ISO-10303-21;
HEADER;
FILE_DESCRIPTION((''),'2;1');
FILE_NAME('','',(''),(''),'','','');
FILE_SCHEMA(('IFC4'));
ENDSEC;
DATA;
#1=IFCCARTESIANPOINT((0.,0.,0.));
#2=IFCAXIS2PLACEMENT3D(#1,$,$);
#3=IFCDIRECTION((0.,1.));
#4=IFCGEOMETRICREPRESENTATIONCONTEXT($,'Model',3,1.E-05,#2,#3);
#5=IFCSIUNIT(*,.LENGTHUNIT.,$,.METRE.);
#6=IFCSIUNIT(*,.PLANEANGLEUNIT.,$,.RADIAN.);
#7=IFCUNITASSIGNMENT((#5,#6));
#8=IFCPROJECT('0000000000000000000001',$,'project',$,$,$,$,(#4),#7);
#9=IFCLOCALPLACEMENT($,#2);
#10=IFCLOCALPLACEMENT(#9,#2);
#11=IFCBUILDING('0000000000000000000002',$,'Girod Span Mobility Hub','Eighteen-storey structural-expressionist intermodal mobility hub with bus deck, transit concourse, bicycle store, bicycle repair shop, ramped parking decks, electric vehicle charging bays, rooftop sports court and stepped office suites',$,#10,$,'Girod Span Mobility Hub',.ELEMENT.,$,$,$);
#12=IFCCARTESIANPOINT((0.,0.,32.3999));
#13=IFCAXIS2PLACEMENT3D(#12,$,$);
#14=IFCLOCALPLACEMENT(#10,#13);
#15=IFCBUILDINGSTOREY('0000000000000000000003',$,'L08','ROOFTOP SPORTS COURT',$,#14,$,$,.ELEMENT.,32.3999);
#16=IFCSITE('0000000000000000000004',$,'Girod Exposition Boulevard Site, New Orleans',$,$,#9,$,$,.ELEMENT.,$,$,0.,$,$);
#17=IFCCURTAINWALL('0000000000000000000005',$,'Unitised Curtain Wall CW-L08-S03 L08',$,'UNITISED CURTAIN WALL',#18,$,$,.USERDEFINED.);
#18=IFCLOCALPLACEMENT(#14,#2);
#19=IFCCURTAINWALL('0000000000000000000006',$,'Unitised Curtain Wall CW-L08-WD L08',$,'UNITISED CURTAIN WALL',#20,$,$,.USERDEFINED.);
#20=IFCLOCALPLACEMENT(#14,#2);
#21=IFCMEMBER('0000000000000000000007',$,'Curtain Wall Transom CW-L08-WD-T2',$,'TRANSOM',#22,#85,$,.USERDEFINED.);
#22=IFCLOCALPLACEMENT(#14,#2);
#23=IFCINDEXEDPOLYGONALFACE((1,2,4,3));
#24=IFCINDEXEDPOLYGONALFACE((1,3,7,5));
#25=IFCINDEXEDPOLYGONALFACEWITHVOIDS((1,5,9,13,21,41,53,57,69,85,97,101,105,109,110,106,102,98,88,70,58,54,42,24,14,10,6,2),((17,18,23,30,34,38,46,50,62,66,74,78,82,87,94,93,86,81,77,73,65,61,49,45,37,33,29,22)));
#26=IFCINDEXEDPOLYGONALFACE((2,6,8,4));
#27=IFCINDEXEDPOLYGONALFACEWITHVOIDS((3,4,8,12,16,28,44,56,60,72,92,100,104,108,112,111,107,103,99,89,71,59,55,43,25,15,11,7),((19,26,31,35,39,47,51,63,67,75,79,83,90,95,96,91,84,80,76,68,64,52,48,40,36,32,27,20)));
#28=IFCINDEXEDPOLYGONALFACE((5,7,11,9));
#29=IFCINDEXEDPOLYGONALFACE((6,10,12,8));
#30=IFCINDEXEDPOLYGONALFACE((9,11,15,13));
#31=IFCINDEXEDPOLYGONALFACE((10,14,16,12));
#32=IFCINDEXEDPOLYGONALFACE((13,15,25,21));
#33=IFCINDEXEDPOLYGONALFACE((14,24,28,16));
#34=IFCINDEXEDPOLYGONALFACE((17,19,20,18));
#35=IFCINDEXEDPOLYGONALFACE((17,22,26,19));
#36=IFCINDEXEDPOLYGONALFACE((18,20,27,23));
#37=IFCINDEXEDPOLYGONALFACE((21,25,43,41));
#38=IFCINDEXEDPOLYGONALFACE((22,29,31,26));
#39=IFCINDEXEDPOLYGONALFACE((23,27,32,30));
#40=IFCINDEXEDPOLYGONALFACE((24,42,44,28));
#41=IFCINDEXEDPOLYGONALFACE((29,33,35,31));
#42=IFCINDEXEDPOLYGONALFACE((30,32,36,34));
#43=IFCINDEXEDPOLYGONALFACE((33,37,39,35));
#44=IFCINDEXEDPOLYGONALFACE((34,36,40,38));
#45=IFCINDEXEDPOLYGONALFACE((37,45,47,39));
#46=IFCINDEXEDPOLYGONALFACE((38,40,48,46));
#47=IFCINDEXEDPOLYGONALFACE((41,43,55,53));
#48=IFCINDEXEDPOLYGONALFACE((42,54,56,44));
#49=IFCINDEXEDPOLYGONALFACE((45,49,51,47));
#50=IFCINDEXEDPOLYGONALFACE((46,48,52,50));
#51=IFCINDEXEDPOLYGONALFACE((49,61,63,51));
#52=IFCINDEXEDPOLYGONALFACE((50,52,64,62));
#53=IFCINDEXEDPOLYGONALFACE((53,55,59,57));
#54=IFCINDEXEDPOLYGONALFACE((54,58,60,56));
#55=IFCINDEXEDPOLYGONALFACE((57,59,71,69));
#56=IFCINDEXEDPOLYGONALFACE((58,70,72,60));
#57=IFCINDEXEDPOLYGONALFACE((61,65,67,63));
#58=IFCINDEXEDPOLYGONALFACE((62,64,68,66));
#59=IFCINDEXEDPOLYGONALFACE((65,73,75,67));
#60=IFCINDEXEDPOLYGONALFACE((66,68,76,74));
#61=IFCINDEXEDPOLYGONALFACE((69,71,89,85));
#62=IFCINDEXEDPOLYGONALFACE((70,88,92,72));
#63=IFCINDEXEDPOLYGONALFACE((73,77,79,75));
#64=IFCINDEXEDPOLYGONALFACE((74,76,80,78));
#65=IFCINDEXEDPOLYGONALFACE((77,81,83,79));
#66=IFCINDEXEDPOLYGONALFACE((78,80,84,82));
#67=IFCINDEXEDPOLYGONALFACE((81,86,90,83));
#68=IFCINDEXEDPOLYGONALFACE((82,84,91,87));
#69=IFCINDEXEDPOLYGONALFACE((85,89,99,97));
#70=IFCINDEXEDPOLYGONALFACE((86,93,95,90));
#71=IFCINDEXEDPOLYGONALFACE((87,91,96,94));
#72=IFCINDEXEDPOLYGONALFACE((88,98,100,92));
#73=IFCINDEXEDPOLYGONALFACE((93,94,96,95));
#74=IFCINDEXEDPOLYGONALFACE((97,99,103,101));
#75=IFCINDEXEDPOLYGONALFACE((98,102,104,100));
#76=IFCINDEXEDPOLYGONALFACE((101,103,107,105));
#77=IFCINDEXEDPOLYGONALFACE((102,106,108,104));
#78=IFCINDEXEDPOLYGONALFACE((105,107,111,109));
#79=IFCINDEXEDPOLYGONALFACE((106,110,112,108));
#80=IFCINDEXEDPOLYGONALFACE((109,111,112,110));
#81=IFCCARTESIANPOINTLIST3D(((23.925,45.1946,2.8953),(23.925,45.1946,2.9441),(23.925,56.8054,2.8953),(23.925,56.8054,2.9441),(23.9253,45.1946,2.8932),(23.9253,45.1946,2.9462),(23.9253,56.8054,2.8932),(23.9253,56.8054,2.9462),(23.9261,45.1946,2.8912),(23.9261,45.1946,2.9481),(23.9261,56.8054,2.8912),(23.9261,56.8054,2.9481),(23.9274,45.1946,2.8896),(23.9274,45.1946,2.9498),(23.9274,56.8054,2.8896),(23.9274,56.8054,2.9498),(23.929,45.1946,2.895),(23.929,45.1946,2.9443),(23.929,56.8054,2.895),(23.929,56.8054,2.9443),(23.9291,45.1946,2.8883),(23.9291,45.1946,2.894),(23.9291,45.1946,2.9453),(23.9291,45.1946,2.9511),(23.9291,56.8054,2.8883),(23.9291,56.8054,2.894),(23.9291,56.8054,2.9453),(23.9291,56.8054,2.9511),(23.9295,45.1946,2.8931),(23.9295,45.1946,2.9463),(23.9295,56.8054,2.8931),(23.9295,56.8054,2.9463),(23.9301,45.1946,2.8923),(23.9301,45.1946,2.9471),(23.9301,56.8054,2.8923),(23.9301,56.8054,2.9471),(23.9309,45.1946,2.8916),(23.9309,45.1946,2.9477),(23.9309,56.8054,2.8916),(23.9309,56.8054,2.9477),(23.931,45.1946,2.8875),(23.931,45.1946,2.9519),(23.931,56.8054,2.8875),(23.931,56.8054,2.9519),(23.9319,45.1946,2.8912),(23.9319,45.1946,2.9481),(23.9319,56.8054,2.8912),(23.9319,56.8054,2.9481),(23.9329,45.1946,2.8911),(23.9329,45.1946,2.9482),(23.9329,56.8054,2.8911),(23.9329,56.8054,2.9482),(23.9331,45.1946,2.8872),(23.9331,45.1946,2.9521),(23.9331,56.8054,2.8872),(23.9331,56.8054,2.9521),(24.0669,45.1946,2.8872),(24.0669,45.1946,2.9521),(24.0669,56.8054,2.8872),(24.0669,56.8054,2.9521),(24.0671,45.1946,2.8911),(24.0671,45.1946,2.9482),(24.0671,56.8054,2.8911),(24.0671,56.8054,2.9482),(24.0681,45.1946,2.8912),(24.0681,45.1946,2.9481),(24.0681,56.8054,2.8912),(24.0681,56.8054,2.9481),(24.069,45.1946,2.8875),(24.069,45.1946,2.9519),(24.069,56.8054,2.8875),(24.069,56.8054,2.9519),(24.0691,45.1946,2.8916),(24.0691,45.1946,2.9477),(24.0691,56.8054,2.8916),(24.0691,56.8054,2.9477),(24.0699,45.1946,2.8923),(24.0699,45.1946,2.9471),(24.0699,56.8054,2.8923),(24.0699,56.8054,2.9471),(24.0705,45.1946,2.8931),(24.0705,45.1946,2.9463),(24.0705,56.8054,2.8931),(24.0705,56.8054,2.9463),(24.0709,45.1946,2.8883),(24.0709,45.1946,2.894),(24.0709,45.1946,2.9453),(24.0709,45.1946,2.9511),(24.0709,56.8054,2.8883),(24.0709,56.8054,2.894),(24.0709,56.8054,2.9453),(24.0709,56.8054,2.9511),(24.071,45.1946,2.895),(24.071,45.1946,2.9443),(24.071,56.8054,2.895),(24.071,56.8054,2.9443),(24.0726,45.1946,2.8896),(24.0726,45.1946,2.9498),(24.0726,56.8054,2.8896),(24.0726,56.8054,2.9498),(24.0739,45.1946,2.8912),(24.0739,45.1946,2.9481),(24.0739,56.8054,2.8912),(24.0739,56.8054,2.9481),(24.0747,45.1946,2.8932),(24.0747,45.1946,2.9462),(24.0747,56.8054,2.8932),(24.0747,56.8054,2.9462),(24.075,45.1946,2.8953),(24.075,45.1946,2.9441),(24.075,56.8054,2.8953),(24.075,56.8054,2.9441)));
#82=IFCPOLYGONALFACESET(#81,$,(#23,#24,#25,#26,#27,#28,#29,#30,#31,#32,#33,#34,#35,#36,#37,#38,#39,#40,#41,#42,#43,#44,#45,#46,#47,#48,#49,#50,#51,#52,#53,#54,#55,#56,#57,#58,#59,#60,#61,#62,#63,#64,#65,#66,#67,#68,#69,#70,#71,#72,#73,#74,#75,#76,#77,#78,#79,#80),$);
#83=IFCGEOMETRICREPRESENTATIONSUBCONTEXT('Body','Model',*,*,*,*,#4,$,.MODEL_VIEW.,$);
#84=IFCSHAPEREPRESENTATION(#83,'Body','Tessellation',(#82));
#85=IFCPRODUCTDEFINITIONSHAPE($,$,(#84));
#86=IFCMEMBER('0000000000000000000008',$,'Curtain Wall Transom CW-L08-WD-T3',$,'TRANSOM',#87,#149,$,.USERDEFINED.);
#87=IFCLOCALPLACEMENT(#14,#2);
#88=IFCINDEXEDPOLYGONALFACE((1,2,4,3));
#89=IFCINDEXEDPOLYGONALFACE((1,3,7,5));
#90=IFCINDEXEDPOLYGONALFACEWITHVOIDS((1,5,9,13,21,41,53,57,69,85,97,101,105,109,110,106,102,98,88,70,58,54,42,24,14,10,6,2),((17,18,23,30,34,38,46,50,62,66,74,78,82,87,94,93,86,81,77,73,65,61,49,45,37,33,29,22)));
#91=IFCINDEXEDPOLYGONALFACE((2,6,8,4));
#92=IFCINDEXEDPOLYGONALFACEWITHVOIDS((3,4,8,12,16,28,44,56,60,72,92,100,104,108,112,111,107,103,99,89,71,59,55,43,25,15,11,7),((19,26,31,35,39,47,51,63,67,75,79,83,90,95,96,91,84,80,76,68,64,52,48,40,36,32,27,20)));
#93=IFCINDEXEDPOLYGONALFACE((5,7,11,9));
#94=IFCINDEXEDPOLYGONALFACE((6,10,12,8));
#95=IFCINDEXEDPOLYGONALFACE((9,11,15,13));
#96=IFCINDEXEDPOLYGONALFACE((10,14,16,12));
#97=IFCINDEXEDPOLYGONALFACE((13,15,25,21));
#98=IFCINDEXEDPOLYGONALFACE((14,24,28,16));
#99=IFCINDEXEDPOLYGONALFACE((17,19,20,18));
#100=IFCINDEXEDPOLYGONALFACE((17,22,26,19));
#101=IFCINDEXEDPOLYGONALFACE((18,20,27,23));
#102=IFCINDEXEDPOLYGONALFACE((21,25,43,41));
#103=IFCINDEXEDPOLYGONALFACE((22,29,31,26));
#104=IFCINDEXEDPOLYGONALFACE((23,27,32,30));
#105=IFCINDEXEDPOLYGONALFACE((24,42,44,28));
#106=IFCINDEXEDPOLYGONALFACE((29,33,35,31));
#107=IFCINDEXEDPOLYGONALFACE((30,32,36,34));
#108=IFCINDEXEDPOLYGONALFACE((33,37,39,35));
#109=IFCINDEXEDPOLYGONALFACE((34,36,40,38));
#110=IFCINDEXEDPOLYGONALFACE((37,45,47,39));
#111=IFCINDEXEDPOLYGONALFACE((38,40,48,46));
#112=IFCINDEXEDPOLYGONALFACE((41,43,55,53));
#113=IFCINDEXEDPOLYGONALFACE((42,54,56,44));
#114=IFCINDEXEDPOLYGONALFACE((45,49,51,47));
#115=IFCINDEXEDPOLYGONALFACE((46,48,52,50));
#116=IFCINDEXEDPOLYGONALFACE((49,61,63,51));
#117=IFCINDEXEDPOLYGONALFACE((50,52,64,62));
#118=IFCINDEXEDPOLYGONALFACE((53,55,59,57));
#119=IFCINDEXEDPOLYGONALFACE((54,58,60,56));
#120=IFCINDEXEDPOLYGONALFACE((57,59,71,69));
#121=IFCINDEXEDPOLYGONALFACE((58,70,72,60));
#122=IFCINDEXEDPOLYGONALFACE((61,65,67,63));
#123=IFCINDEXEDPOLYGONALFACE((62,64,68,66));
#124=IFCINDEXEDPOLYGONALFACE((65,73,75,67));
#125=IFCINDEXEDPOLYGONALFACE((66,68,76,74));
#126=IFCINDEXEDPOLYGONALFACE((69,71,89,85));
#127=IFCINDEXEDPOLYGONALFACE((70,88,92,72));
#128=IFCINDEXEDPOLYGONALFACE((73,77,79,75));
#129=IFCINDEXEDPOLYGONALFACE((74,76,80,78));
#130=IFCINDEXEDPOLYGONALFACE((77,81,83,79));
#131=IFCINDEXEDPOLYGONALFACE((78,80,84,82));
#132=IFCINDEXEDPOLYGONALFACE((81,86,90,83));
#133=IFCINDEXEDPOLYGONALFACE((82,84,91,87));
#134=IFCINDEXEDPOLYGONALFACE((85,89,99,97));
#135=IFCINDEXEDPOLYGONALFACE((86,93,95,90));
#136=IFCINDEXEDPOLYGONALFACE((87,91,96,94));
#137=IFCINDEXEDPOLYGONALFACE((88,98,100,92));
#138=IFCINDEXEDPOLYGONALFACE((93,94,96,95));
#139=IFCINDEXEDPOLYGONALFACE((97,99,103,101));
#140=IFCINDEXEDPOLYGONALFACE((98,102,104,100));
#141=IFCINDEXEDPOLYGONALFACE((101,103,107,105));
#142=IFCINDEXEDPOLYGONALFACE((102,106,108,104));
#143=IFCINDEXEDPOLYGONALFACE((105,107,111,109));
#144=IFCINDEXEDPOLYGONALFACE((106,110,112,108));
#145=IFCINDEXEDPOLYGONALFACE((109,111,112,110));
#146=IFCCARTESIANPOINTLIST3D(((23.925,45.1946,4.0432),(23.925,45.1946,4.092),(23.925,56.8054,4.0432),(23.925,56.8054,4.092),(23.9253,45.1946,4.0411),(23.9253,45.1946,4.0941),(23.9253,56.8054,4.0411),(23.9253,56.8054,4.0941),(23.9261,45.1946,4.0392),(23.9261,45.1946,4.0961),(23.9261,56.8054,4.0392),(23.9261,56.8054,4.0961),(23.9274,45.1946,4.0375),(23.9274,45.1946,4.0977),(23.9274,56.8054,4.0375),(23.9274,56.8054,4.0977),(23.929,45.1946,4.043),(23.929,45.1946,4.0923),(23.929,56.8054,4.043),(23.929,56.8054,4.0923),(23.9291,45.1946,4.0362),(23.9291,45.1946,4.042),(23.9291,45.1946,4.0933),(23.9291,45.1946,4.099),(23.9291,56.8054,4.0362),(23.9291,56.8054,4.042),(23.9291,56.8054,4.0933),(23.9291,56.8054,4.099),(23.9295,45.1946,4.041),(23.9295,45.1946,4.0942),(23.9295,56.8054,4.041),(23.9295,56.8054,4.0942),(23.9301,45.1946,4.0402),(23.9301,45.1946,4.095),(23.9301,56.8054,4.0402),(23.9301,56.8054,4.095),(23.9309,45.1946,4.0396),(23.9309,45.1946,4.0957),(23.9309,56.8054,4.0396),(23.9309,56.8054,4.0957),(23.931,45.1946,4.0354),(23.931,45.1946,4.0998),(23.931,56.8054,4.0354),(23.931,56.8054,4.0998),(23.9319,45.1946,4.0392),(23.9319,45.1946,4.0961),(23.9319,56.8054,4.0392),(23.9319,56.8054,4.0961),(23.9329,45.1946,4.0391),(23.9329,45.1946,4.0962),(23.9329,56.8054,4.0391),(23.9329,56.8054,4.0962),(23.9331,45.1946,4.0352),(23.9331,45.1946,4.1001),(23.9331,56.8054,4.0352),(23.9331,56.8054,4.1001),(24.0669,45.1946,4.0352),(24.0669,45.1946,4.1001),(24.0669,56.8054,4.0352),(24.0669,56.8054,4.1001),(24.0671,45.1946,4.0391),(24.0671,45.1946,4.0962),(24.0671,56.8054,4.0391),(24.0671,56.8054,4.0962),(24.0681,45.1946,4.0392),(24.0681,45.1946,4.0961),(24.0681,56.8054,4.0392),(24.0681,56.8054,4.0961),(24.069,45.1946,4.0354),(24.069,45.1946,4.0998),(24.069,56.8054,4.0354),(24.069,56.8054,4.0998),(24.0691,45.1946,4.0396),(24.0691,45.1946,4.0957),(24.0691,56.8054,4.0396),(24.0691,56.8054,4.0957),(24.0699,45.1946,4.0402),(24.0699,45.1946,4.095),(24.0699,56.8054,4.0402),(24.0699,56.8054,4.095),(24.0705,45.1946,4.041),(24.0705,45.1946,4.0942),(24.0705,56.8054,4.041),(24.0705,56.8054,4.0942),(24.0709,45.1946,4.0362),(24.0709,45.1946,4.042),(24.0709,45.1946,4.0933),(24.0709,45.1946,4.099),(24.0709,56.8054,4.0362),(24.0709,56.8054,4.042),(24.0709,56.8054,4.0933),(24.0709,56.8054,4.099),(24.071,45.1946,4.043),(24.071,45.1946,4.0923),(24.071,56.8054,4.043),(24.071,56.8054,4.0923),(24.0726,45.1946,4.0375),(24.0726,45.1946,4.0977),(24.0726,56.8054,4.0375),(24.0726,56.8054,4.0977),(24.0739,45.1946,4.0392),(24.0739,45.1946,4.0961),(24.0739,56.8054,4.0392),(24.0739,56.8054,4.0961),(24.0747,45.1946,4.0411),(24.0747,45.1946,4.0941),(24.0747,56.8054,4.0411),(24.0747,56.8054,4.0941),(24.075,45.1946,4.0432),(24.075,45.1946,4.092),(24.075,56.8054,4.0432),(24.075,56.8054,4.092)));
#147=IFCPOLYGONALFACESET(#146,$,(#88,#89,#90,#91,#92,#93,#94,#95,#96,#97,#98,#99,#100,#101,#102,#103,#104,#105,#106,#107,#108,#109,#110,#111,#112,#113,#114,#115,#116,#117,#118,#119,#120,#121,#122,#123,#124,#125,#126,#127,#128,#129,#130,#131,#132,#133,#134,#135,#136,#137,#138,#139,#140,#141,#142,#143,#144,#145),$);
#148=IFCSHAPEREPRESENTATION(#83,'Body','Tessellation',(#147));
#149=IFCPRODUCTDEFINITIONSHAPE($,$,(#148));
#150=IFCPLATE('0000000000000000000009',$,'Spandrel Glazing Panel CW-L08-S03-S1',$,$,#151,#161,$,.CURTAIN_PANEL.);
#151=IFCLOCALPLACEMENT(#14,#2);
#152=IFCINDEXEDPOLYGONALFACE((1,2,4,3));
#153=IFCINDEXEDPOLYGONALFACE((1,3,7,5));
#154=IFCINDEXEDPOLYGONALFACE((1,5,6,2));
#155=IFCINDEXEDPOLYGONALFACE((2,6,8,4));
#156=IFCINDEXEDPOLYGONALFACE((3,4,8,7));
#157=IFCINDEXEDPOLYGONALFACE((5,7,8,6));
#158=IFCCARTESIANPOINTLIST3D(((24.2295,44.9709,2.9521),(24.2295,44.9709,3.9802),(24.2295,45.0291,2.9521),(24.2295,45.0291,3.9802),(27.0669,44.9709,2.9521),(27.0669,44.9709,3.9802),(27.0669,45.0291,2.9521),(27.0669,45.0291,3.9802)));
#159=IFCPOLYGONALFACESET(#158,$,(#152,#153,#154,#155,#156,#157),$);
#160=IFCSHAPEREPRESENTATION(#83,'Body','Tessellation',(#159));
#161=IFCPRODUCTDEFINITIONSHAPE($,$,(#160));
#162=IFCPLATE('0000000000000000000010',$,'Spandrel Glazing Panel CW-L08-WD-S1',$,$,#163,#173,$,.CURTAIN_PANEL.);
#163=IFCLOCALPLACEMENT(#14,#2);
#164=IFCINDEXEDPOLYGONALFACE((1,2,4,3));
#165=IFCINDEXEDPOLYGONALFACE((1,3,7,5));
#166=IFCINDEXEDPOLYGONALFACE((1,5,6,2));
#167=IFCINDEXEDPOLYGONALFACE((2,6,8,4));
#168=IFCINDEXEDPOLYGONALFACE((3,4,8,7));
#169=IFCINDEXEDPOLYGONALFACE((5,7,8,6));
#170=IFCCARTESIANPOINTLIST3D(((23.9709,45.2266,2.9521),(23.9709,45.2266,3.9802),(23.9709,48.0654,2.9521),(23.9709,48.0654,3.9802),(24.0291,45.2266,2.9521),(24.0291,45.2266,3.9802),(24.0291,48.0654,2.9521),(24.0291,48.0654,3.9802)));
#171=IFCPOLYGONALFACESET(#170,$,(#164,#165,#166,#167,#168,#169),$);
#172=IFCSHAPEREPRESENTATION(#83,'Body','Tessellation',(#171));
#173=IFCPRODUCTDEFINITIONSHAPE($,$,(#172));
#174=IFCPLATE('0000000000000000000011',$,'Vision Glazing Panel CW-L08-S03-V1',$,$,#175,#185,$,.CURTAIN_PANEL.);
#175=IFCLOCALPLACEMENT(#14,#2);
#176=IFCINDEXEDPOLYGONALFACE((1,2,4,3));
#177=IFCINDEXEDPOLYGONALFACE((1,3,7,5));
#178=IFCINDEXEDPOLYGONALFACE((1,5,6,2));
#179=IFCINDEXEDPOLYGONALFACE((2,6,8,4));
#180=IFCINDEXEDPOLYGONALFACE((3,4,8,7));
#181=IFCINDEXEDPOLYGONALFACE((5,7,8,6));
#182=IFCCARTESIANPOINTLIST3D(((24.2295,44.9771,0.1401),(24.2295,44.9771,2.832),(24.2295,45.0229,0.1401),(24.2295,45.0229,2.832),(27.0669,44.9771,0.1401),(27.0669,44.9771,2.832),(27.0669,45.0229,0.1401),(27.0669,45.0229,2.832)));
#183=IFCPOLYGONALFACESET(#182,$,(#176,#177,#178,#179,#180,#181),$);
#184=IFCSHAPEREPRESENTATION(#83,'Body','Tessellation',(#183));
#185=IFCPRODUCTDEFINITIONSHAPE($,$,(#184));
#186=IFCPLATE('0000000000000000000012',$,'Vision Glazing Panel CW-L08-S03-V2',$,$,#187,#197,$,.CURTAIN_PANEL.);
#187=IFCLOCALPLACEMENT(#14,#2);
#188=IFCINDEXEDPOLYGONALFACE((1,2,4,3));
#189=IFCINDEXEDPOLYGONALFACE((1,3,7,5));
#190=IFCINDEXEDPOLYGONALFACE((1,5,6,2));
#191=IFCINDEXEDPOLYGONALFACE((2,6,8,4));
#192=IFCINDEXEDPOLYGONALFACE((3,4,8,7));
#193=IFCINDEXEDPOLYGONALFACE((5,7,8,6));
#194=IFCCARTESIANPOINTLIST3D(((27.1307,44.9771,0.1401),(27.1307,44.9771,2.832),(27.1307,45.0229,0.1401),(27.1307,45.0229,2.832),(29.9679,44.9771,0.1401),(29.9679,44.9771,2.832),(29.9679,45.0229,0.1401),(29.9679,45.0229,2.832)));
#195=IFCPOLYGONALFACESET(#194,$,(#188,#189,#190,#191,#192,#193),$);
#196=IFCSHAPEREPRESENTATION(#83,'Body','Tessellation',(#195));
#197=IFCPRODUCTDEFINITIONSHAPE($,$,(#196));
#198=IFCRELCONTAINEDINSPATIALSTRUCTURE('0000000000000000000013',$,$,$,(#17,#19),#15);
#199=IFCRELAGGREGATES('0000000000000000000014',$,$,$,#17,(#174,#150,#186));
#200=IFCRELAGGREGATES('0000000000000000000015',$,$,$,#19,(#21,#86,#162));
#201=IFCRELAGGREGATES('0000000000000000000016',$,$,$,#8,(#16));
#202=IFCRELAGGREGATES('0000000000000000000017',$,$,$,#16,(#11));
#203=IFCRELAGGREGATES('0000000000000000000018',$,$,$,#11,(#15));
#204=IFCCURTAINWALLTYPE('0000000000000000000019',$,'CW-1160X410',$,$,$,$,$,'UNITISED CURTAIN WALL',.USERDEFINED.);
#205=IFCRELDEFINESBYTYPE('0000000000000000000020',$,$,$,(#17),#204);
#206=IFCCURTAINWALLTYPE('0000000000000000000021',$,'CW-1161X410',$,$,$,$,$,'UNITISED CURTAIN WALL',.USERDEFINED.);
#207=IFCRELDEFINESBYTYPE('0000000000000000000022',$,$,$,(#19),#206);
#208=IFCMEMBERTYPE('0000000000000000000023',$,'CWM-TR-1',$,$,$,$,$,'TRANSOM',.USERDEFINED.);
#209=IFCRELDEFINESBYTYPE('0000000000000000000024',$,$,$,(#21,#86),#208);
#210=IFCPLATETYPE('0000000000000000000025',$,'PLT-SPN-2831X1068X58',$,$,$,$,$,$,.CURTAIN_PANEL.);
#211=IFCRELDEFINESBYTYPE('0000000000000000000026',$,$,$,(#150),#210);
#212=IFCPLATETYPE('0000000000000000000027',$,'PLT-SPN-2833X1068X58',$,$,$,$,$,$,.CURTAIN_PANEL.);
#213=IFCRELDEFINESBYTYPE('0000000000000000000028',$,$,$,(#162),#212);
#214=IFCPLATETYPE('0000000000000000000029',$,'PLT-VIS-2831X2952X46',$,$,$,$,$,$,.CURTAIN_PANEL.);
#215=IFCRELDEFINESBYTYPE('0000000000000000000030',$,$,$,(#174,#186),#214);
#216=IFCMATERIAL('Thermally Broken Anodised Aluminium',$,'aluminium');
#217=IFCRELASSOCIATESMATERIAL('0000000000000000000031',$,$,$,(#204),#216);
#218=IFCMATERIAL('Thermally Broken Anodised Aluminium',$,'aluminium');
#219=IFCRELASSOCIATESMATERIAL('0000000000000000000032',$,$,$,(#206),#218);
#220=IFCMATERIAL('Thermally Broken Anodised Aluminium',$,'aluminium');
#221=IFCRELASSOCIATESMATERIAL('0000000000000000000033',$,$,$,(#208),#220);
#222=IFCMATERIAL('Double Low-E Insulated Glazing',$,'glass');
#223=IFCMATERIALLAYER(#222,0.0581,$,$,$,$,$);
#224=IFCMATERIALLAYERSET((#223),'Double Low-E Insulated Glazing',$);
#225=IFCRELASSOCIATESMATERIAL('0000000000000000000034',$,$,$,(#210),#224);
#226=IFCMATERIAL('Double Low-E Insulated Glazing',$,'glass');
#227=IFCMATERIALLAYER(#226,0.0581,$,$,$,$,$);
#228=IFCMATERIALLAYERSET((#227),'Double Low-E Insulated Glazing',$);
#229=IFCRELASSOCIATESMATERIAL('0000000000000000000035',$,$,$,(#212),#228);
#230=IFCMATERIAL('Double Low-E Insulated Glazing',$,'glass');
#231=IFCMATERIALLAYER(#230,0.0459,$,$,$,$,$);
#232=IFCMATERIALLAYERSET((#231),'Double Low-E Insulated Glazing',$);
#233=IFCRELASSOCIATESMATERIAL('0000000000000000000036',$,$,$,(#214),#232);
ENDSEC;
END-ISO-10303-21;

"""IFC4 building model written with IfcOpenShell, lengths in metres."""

from ifc_helpers import new_model, si_unit, direction, frame, origin, origin_2d, place, context, subcontext, project, spatial, rectangle, hollow_rectangle, extrude, material, layer, layer_set, material_profile, profile_set, type_object, element, aggregate, save


model = new_model("IFC4")

# Units and contexts
model_context = context("Model", 3, precision=1e-05, world=origin(), true_north=direction((0.0, 1.0)))
body_context = subcontext(model_context, "Body", "Model", "MODEL_VIEW")
ifc_project = project(units=[si_unit("LENGTHUNIT", "METRE"), si_unit("PLANEANGLEUNIT", "RADIAN")], contexts=[model_context])

# Site, building, storey
site_placement = place(None, origin())
site = spatial("IfcSite", under=ifc_project, at=site_placement, Name="Girod Exposition Boulevard Site, New Orleans", CompositionType="ELEMENT", RefElevation=0.0)
building_placement = place(site_placement, origin())
building = spatial("IfcBuilding", under=site, at=building_placement, Name="Girod Span Mobility Hub", Description="Eighteen-storey structural-expressionist intermodal mobility hub with bus deck, transit concourse, bicycle store, bicycle repair shop, ramped parking decks, electric vehicle charging bays, rooftop sports court and stepped office suites", LongName="Girod Span Mobility Hub", CompositionType="ELEMENT")
storey_placement = place(building_placement, frame((0.0, 0.0, 32.3999)))
storey = spatial("IfcBuildingStorey", under=building, at=storey_placement, Name="L08", Description="ROOFTOP SPORTS COURT", CompositionType="ELEMENT", Elevation=32.3999)

# Curtain walls
ifc_material_1 = material(Name="Thermally Broken Anodised Aluminium", Category="aluminium")
curtain_wall_type_1 = type_object("IfcCurtainWallType", Name="CW-1160X410", ElementType="UNITISED CURTAIN WALL", PredefinedType="USERDEFINED", material=ifc_material_1)
curtain_wall_1_placement = place(storey_placement, origin())
curtain_wall_1 = element("IfcCurtainWall", 1, at=curtain_wall_1_placement, inside=storey, type_object=curtain_wall_type_1, Name="Unitised Curtain Wall CW-L08-S03 L08", ObjectType="UNITISED CURTAIN WALL", PredefinedType="USERDEFINED")
ifc_material_2 = material(Name="Thermally Broken Anodised Aluminium", Category="aluminium")
curtain_wall_type_2 = type_object("IfcCurtainWallType", Name="CW-1161X410", ElementType="UNITISED CURTAIN WALL", PredefinedType="USERDEFINED", material=ifc_material_2)
curtain_wall_2_placement = place(storey_placement, origin())
curtain_wall_2 = element("IfcCurtainWall", 2, at=curtain_wall_2_placement, inside=storey, type_object=curtain_wall_type_2, Name="Unitised Curtain Wall CW-L08-WD L08", ObjectType="UNITISED CURTAIN WALL", PredefinedType="USERDEFINED")

# Members
ifc_material_3 = material(Name="Thermally Broken Anodised Aluminium", Category="aluminium")
ifc_material_profile_1 = material_profile(ifc_material_3, hollow_rectangle(XDim=0.1499, YDim=0.0649, WallThickness=0.0039, InnerFilletRadius=0.0039, OuterFilletRadius=0.0081, at=origin_2d()), Name="CW-TR-65X150")
ifc_profile_set_1 = profile_set([ifc_material_profile_1], Name="Thermally Broken Anodised Aluminium")
member_type_1 = type_object("IfcMemberType", Name="CWM-TR-1", ElementType="TRANSOM", PredefinedType="USERDEFINED", material=ifc_profile_set_1)
member_1_placement = place(storey_placement, frame((24.0, 45.1946, 2.9197), z_axis=(0.0, 1.0, 0.0), x_axis=(-1.0, 0.0, 0.0)))
member_1 = element("IfcMember", 3, at=member_1_placement, type_object=member_type_1, Name="Curtain Wall Transom CW-L08-WD-T2", ObjectType="TRANSOM", PredefinedType="USERDEFINED", context=body_context, shape_type="SweptSolid", body=[
    extrude(hollow_rectangle(XDim=0.1499, YDim=0.0649, WallThickness=0.0039, InnerFilletRadius=0.0039, OuterFilletRadius=0.0081, at=origin_2d()), origin(), (0.0, 0.0, 1.0), 11.6108),
])
member_2_placement = place(storey_placement, frame((24.0, 45.1946, 4.0676), z_axis=(0.0, 1.0, 0.0), x_axis=(-1.0, 0.0, 0.0)))
member_2 = element("IfcMember", 4, at=member_2_placement, type_object=member_type_1, Name="Curtain Wall Transom CW-L08-WD-T3", ObjectType="TRANSOM", PredefinedType="USERDEFINED", context=body_context, shape_type="SweptSolid", body=[
    extrude(hollow_rectangle(XDim=0.1499, YDim=0.0649, WallThickness=0.0039, InnerFilletRadius=0.0039, OuterFilletRadius=0.0081, at=origin_2d()), origin(), (0.0, 0.0, 1.0), 11.6108),
])

# Plates
ifc_material_4 = material(Name="Double Low-E Insulated Glazing", Category="glass")
ifc_layer_1 = layer(ifc_material_4, 0.0581)
ifc_layer_set_1 = layer_set([ifc_layer_1], Name="Double Low-E Insulated Glazing")
plate_type_1 = type_object("IfcPlateType", Name="PLT-SPN-2831X1068X58", PredefinedType="CURTAIN_PANEL", material=ifc_layer_set_1)
plate_1_placement = place(storey_placement, frame((25.6482, 45.0, 2.9521), z_axis=(0.0, 0.0, 1.0), x_axis=(1.0, 0.0, 0.0)))
plate_1 = element("IfcPlate", 5, at=plate_1_placement, type_object=plate_type_1, Name="Spandrel Glazing Panel CW-L08-S03-S1", PredefinedType="CURTAIN_PANEL", context=body_context, shape_type="SweptSolid", body=[
    extrude(rectangle(XDim=2.8374, YDim=0.0581, at=origin_2d()), origin(), (0.0, 0.0, 1.0), 1.0281),
])
ifc_material_5 = material(Name="Double Low-E Insulated Glazing", Category="glass")
ifc_layer_2 = layer(ifc_material_5, 0.0581)
ifc_layer_set_2 = layer_set([ifc_layer_2], Name="Double Low-E Insulated Glazing")
plate_type_2 = type_object("IfcPlateType", Name="PLT-SPN-2833X1068X58", PredefinedType="CURTAIN_PANEL", material=ifc_layer_set_2)
plate_2_placement = place(storey_placement, frame((24.0, 46.646, 2.9521), z_axis=(0.0, 0.0, 1.0), x_axis=(0.0, 1.0, 0.0)))
plate_2 = element("IfcPlate", 6, at=plate_2_placement, type_object=plate_type_2, Name="Spandrel Glazing Panel CW-L08-WD-S1", PredefinedType="CURTAIN_PANEL", context=body_context, shape_type="SweptSolid", body=[
    extrude(rectangle(XDim=2.8389, YDim=0.0581, at=origin_2d()), origin(), (0.0, 0.0, 1.0), 1.0281),
])
ifc_material_6 = material(Name="Double Low-E Insulated Glazing", Category="glass")
ifc_layer_3 = layer(ifc_material_6, 0.0459)
ifc_layer_set_3 = layer_set([ifc_layer_3], Name="Double Low-E Insulated Glazing")
plate_type_3 = type_object("IfcPlateType", Name="PLT-VIS-2831X2952X46", PredefinedType="CURTAIN_PANEL", material=ifc_layer_set_3)
plate_3_placement = place(storey_placement, frame((25.6482, 45.0, 0.1401), z_axis=(0.0, 0.0, 1.0), x_axis=(1.0, 0.0, 0.0)))
plate_3 = element("IfcPlate", 7, at=plate_3_placement, type_object=plate_type_3, Name="Vision Glazing Panel CW-L08-S03-V1", PredefinedType="CURTAIN_PANEL", context=body_context, shape_type="SweptSolid", body=[
    extrude(rectangle(XDim=2.8374, YDim=0.0459, at=origin_2d()), origin(), (0.0, 0.0, 1.0), 2.6919),
])
plate_4_placement = place(storey_placement, frame((28.5493, 45.0, 0.1401), z_axis=(0.0, 0.0, 1.0), x_axis=(1.0, 0.0, 0.0)))
plate_4 = element("IfcPlate", 8, at=plate_4_placement, type_object=plate_type_3, Name="Vision Glazing Panel CW-L08-S03-V2", PredefinedType="CURTAIN_PANEL", context=body_context, shape_type="SweptSolid", body=[
    extrude(rectangle(XDim=2.8372, YDim=0.0459, at=origin_2d()), origin(), (0.0, 0.0, 1.0), 2.6919),
])
aggregate(curtain_wall_1, [plate_3, plate_1, plate_4])
aggregate(curtain_wall_2, [member_1, member_2, plate_2])

save(model, "model.ifc")
